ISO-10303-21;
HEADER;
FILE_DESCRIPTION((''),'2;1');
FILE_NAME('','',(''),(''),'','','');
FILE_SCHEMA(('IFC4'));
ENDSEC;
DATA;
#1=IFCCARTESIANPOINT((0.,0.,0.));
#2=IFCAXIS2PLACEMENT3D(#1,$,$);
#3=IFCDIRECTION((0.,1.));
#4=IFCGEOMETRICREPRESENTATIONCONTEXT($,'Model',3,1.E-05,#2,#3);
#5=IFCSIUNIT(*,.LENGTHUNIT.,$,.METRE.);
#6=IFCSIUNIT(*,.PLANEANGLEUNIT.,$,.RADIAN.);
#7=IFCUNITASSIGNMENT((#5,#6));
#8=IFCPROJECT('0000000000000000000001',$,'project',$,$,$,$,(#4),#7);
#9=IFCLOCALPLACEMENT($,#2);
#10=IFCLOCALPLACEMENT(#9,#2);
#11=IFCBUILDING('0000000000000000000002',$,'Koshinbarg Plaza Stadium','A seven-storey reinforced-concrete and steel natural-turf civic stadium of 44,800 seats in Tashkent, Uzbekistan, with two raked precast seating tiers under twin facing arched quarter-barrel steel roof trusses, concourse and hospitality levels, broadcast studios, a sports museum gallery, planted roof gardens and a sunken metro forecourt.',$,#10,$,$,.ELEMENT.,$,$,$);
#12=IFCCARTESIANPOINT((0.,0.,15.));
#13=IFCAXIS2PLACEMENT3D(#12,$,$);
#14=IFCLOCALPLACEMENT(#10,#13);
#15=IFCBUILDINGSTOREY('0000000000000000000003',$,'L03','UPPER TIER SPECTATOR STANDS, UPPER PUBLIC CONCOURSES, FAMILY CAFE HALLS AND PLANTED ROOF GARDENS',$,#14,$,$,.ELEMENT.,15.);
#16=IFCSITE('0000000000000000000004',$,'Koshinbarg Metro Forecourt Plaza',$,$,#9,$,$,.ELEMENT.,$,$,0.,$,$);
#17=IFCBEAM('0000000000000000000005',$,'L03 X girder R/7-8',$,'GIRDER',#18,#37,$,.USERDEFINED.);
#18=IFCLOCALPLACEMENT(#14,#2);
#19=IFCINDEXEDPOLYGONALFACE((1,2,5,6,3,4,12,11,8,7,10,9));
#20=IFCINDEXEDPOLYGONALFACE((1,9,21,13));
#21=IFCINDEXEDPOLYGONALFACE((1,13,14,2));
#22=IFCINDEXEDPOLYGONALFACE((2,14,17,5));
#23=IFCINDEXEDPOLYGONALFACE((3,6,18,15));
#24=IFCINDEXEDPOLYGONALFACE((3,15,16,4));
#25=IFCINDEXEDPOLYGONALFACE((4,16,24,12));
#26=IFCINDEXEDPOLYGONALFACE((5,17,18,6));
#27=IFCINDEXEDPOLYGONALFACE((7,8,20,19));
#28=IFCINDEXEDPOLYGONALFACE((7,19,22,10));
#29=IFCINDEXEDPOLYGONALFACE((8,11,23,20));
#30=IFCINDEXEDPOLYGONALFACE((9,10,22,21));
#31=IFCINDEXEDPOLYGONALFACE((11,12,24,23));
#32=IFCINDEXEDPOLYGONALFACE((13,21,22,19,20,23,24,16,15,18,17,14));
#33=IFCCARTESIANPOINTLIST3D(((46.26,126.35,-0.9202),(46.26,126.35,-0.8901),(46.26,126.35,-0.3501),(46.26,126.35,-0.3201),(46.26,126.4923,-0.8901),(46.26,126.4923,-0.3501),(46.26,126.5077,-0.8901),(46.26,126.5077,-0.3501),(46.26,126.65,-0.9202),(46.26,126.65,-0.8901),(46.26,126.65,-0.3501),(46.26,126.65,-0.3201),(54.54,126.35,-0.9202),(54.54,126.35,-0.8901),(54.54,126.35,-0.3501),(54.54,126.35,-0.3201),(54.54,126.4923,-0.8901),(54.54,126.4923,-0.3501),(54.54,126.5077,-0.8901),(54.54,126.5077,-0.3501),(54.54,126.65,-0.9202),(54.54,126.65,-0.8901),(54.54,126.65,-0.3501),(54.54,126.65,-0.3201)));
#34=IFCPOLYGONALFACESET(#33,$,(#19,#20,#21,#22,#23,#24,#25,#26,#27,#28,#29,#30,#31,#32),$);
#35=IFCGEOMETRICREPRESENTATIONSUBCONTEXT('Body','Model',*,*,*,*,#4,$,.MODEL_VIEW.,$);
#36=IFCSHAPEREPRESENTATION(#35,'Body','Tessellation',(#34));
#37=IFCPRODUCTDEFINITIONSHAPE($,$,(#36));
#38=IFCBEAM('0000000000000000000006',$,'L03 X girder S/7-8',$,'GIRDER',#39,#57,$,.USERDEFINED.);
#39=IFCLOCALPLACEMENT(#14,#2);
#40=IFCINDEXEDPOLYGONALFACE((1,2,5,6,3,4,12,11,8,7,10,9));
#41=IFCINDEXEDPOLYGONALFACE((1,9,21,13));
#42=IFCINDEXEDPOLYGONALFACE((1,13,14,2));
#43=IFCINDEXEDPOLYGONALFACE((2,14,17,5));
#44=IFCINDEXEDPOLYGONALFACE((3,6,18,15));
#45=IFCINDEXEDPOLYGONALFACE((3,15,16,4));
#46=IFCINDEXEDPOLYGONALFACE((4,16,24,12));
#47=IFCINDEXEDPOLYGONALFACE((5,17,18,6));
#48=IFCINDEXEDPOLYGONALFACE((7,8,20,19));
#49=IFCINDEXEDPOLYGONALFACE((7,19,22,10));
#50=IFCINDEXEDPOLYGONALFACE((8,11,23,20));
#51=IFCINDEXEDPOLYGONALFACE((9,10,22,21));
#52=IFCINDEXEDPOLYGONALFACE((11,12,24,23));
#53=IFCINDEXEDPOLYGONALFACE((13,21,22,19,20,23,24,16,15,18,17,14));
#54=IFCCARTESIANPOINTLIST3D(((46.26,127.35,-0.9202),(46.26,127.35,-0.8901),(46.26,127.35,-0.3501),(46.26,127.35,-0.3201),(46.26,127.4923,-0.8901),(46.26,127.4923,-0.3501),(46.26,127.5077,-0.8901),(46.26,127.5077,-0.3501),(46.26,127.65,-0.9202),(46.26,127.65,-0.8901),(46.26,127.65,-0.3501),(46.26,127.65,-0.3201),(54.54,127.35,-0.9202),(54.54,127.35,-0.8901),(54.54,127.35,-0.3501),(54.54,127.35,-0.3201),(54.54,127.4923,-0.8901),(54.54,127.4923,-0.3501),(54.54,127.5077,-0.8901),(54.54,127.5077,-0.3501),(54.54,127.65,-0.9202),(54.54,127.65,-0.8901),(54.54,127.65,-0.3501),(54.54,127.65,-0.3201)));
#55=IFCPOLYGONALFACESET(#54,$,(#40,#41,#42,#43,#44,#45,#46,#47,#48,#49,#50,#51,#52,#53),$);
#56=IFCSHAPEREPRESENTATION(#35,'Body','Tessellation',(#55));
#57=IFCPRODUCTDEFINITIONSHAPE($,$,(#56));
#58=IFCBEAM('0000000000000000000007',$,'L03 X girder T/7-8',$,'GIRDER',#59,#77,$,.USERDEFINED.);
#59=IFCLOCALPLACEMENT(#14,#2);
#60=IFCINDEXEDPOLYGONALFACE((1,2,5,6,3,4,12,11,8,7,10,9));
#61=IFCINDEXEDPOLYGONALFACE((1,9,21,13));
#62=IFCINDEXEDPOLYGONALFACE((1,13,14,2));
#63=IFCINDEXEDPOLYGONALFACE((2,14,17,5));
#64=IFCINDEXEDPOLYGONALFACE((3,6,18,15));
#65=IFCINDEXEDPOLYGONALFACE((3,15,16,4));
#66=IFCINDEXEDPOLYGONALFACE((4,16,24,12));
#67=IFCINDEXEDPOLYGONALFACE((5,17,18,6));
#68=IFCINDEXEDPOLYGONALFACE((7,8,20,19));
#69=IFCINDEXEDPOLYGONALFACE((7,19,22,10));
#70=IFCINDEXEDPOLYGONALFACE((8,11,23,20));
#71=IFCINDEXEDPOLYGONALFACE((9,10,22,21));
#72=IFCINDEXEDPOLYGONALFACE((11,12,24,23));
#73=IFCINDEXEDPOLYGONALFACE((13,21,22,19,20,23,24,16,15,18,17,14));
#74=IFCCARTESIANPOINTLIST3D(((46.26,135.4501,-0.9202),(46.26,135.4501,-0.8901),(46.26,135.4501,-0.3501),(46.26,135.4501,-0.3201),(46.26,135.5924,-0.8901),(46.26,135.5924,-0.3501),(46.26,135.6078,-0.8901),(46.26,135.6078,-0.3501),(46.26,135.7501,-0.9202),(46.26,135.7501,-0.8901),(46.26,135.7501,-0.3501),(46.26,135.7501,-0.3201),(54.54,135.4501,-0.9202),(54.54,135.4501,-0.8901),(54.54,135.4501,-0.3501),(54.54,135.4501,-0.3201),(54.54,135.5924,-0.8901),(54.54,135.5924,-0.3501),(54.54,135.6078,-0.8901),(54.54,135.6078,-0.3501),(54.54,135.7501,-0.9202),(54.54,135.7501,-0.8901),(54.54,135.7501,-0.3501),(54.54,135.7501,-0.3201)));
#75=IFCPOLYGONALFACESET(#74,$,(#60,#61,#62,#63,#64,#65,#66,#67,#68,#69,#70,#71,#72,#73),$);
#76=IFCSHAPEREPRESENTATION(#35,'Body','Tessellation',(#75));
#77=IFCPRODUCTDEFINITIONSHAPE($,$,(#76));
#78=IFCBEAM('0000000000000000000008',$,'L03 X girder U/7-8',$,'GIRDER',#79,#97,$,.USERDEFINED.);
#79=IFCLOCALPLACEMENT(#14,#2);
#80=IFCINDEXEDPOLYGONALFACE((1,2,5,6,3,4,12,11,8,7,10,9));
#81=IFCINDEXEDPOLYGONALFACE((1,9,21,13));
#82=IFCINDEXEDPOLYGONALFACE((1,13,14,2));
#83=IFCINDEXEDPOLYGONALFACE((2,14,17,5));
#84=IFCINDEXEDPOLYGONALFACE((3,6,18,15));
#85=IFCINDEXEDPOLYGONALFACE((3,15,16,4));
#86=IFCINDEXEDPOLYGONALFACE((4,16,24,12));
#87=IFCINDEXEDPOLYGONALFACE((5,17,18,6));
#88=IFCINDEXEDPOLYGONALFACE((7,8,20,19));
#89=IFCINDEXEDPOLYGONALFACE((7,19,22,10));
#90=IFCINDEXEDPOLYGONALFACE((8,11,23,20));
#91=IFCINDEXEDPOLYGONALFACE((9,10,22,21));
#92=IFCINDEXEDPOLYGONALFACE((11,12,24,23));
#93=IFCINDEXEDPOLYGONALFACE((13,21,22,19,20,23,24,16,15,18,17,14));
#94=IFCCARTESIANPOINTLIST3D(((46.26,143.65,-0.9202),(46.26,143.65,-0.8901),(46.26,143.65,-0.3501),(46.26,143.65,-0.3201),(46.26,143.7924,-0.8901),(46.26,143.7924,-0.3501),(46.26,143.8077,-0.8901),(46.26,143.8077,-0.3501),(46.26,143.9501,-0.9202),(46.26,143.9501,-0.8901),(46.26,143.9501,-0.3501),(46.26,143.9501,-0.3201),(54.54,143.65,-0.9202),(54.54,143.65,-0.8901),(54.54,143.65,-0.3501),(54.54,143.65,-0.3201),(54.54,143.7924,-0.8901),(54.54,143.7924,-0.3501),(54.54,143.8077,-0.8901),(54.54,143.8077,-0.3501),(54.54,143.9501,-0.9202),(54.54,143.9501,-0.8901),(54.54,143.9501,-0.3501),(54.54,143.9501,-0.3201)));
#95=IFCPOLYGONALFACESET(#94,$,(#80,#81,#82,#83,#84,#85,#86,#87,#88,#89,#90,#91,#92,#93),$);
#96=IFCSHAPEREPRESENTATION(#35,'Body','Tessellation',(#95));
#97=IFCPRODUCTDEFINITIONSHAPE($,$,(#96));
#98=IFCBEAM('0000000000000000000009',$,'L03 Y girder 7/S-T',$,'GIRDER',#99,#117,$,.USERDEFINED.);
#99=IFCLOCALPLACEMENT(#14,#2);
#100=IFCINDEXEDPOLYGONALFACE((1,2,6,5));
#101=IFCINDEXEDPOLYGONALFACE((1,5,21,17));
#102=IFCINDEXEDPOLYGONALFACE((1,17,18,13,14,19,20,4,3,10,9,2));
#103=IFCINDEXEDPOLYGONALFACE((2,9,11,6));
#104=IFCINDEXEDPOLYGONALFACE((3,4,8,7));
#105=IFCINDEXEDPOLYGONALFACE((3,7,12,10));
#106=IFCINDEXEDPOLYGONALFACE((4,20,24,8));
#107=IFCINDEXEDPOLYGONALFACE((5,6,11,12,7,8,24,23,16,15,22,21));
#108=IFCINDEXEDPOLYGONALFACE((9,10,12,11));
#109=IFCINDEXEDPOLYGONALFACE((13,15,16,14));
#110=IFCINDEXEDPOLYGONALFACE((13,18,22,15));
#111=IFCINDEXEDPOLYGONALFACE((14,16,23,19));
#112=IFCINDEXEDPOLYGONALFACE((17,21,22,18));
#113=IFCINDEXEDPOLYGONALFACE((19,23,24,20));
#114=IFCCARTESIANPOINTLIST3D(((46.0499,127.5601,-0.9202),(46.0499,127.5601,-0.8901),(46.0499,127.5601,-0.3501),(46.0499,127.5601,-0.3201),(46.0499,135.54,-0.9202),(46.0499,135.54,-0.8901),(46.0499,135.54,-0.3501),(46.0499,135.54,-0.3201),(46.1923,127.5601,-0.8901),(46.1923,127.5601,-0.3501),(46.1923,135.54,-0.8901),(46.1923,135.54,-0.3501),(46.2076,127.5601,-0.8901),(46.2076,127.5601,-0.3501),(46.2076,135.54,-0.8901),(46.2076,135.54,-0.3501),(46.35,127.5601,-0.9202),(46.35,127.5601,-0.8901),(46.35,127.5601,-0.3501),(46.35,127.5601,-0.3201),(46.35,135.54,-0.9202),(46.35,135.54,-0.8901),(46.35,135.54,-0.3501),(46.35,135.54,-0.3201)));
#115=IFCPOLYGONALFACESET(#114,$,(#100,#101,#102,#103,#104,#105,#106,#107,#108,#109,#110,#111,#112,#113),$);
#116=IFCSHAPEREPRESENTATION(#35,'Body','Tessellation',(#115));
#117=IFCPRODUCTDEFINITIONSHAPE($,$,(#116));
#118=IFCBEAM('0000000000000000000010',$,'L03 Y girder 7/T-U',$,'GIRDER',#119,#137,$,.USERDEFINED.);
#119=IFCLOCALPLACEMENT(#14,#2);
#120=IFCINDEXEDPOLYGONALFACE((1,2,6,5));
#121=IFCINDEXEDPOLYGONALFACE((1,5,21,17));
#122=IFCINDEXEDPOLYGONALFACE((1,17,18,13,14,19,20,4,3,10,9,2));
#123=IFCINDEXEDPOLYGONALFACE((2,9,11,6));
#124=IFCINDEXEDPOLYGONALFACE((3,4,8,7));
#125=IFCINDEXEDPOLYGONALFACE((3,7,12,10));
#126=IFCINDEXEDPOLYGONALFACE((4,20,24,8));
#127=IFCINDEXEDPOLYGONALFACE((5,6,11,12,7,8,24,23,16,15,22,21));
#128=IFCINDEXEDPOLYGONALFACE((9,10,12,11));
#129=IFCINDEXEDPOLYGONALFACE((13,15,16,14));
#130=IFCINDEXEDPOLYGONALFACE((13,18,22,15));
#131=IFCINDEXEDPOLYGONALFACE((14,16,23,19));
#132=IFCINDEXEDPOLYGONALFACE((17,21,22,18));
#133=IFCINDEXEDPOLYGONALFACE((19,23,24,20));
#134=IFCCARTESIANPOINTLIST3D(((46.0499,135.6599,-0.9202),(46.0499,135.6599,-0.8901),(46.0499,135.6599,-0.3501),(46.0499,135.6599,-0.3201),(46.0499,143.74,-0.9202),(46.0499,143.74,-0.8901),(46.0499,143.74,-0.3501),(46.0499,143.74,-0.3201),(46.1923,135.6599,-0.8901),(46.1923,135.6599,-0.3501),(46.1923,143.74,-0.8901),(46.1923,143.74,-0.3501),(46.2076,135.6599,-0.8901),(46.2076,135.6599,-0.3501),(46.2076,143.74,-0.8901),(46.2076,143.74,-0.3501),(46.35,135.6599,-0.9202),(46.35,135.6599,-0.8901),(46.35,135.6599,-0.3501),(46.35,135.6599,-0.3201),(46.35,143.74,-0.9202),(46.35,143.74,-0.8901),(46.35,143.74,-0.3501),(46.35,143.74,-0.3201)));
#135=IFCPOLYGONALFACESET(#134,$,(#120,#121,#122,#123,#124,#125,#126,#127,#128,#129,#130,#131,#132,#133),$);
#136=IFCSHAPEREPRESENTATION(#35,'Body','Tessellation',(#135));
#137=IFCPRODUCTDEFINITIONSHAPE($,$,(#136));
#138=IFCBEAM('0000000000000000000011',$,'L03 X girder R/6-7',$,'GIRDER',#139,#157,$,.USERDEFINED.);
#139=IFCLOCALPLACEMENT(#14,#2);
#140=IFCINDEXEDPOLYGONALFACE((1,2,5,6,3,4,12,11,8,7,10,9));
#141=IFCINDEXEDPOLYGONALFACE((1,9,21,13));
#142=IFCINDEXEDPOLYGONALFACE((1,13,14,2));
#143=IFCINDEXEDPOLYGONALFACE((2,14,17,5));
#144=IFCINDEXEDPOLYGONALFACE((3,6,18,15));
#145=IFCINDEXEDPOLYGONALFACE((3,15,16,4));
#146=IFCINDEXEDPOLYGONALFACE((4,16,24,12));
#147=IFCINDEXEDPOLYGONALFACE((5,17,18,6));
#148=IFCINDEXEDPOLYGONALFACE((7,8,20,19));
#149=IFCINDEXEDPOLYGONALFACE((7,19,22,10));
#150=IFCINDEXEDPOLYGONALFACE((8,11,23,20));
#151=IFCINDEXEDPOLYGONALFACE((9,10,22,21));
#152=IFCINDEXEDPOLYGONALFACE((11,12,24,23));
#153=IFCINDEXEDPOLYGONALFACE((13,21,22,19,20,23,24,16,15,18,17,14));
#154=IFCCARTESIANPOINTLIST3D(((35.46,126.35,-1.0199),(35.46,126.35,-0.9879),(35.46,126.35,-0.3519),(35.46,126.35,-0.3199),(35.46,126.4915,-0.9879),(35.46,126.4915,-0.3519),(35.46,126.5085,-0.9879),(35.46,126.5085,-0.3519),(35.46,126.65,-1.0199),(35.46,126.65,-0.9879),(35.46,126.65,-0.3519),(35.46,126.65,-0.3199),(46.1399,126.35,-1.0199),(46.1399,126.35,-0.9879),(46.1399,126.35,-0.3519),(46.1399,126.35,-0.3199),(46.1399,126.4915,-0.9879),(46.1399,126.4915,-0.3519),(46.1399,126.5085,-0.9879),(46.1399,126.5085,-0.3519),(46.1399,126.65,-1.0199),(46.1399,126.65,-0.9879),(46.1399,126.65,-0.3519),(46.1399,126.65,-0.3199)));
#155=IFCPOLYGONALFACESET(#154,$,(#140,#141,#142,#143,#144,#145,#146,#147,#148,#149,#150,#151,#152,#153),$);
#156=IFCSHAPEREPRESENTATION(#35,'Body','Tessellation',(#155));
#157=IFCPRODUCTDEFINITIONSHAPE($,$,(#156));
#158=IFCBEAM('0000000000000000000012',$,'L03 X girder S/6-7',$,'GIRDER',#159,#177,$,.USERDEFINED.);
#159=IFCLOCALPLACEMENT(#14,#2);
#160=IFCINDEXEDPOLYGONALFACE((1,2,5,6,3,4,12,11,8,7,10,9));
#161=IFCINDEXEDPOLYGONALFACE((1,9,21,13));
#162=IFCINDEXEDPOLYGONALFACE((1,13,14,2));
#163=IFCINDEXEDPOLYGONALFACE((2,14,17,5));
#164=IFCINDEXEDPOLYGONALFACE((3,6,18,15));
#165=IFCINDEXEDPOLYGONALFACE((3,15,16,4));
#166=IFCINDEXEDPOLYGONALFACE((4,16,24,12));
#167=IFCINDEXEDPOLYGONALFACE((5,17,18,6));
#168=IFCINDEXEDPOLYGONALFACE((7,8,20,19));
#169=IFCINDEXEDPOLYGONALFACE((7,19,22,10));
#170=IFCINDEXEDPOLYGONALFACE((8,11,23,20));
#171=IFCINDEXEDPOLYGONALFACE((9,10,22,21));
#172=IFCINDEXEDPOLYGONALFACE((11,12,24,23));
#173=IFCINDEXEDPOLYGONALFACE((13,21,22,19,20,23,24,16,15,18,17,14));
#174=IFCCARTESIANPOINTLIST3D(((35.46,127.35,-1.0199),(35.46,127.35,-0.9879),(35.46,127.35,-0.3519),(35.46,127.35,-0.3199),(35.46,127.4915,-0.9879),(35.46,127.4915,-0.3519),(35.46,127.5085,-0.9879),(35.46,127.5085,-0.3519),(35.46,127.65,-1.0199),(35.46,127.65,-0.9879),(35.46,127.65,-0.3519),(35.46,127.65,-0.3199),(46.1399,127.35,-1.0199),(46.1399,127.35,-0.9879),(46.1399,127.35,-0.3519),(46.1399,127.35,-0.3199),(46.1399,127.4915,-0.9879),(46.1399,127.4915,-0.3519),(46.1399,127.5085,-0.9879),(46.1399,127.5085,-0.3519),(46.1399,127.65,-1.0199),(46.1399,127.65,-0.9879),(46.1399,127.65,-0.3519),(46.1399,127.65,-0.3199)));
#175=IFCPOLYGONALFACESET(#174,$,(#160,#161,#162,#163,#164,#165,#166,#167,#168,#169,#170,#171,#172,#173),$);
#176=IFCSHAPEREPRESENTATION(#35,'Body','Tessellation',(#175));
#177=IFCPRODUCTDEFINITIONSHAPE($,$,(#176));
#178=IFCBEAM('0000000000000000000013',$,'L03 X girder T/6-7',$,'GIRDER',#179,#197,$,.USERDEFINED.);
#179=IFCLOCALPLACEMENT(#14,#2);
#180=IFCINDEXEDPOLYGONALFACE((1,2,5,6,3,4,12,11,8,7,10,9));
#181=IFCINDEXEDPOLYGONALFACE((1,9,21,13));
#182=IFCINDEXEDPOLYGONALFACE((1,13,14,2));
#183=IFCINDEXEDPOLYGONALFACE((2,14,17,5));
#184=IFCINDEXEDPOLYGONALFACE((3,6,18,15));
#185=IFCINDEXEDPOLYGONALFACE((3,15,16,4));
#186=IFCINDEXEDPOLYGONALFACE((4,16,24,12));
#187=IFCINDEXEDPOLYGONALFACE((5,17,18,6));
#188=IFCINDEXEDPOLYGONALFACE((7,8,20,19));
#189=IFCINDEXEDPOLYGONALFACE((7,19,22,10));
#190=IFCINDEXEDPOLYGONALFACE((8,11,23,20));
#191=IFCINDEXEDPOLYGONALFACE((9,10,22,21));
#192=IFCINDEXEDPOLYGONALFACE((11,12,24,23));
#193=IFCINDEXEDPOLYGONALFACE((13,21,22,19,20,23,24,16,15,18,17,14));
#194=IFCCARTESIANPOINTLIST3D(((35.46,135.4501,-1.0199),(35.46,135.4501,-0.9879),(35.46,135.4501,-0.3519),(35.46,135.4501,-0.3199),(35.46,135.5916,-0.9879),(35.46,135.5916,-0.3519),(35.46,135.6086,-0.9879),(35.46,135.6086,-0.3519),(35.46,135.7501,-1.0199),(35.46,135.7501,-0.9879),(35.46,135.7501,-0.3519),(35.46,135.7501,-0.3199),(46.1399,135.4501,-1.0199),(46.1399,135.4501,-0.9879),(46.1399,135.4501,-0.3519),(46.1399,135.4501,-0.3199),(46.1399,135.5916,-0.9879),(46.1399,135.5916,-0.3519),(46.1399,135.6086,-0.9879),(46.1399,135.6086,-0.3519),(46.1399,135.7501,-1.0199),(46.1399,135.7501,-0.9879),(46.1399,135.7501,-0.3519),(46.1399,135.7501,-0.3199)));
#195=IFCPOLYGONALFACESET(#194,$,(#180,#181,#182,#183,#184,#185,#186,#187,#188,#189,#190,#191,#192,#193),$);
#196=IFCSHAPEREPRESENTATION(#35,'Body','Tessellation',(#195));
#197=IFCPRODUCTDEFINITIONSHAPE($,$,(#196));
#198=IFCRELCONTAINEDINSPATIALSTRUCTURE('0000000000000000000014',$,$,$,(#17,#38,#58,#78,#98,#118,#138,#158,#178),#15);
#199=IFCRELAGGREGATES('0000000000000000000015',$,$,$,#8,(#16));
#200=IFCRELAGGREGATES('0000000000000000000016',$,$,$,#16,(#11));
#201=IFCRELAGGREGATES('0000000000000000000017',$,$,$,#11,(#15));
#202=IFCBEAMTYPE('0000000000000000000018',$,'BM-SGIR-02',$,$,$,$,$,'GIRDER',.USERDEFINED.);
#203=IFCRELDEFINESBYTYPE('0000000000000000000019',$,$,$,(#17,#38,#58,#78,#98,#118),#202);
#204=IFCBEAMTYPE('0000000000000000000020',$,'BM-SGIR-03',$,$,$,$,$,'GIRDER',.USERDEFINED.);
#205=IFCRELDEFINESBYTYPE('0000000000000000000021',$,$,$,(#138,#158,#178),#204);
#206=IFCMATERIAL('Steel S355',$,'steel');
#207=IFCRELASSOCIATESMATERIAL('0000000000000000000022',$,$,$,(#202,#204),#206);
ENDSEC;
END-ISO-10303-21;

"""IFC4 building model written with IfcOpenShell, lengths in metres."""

from ifc_helpers import new_model, si_unit, direction, frame, origin, origin_2d, place, context, subcontext, project, spatial, i_section, extrude, material, material_profile, profile_set, type_object, element, save


model = new_model("IFC4")

# Units and contexts
model_context = context("Model", 3, precision=1e-05, world=origin(), true_north=direction((0.0, 1.0)))
body_context = subcontext(model_context, "Body", "Model", "MODEL_VIEW")
ifc_project = project(units=[si_unit("LENGTHUNIT", "METRE"), si_unit("PLANEANGLEUNIT", "RADIAN")], contexts=[model_context])

# Site, building, storey
site_placement = place(None, origin())
site = spatial("IfcSite", under=ifc_project, at=site_placement, Name="Koshinbarg Metro Forecourt Plaza", CompositionType="ELEMENT", RefElevation=0.0)
building_placement = place(site_placement, origin())
building = spatial("IfcBuilding", under=site, at=building_placement, Name="Koshinbarg Plaza Stadium", Description="A seven-storey reinforced-concrete and steel natural-turf civic stadium of 44,800 seats in Tashkent, Uzbekistan, with two raked precast seating tiers under twin facing arched quarter-barrel steel roof trusses, concourse and hospitality levels, broadcast studios, a sports museum gallery, planted roof gardens and a sunken metro forecourt.", CompositionType="ELEMENT")
storey_placement = place(building_placement, frame((0.0, 0.0, 15.0)))
storey = spatial("IfcBuildingStorey", under=building, at=storey_placement, Name="L03", Description="UPPER TIER SPECTATOR STANDS, UPPER PUBLIC CONCOURSES, FAMILY CAFE HALLS AND PLANTED ROOF GARDENS", CompositionType="ELEMENT", Elevation=15.0)

# Shared definitions
ifc_material_1 = material(Name="Steel S355", Category="steel")

# Beams
ifc_material_profile_1 = material_profile(ifc_material_1, i_section(OverallWidth=0.3, OverallDepth=0.6001, WebThickness=0.0154, FlangeThickness=0.03, at=origin_2d()), Name="HEB 600")
ifc_profile_set_1 = profile_set([ifc_material_profile_1], Name="Steel S355")
beam_type_1 = type_object("IfcBeamType", Name="BM-SGIR-02", ElementType="GIRDER", PredefinedType="USERDEFINED", material=ifc_profile_set_1)
for number, where, z_axis, x_axis, name in (
    (1, (46.26, 126.5, -0.6201), (1.0, 0.0, 0.0), (0.0, 1.0, 0.0), "L03 X girder R/7-8"),
    (2, (46.26, 127.5, -0.6201), (1.0, 0.0, 0.0), (0.0, 1.0, 0.0), "L03 X girder S/7-8"),
    (3, (46.26, 135.6001, -0.6201), (1.0, 0.0, 0.0), (0.0, 1.0, 0.0), "L03 X girder T/7-8"),
    (4, (46.26, 143.8, -0.6201), (1.0, 0.0, 0.0), (0.0, 1.0, 0.0), "L03 X girder U/7-8"),
):
    element("IfcBeam", number, at=place(storey_placement, frame(where, z_axis=z_axis, x_axis=x_axis)), inside=storey, type_object=beam_type_1, Name=name, ObjectType="GIRDER", PredefinedType="USERDEFINED", context=body_context, shape_type="SweptSolid", body=[
        extrude(i_section(OverallWidth=0.3, OverallDepth=0.6001, WebThickness=0.0154, FlangeThickness=0.03, at=origin_2d()), origin(), (0.0, 0.0, 1.0), 8.28),
    ])
beam_1_placement = place(storey_placement, frame((46.2, 127.5601, -0.6201), z_axis=(0.0, 1.0, 0.0), x_axis=(-1.0, 0.0, 0.0)))
element("IfcBeam", 5, at=beam_1_placement, inside=storey, type_object=beam_type_1, Name="L03 Y girder 7/S-T", ObjectType="GIRDER", PredefinedType="USERDEFINED", context=body_context, shape_type="SweptSolid", body=[
    extrude(i_section(OverallWidth=0.3, OverallDepth=0.6001, WebThickness=0.0154, FlangeThickness=0.03, at=origin_2d()), origin(), (0.0, 0.0, 1.0), 7.98),
])
beam_2_placement = place(storey_placement, frame((46.2, 135.6599, -0.6201), z_axis=(0.0, 1.0, 0.0), x_axis=(-1.0, 0.0, 0.0)))
element("IfcBeam", 6, at=beam_2_placement, inside=storey, type_object=beam_type_1, Name="L03 Y girder 7/T-U", ObjectType="GIRDER", PredefinedType="USERDEFINED", context=body_context, shape_type="SweptSolid", body=[
    extrude(i_section(OverallWidth=0.3, OverallDepth=0.6001, WebThickness=0.0154, FlangeThickness=0.03, at=origin_2d()), origin(), (0.0, 0.0, 1.0), 8.0801),
])
ifc_material_profile_2 = material_profile(ifc_material_1, i_section(OverallWidth=0.3, OverallDepth=0.7, WebThickness=0.0171, FlangeThickness=0.032, at=origin_2d()), Name="HEB 700")
ifc_profile_set_2 = profile_set([ifc_material_profile_2], Name="Steel S355")
beam_type_2 = type_object("IfcBeamType", Name="BM-SGIR-03", ElementType="GIRDER", PredefinedType="USERDEFINED", material=ifc_profile_set_2)
for number, where, z_axis, x_axis, name in (
    (7, (35.46, 126.5, -0.6699), (1.0, 0.0, 0.0), (0.0, 1.0, 0.0), "L03 X girder R/6-7"),
    (8, (35.46, 127.5, -0.6699), (1.0, 0.0, 0.0), (0.0, 1.0, 0.0), "L03 X girder S/6-7"),
    (9, (35.46, 135.6001, -0.6699), (1.0, 0.0, 0.0), (0.0, 1.0, 0.0), "L03 X girder T/6-7"),
):
    element("IfcBeam", number, at=place(storey_placement, frame(where, z_axis=z_axis, x_axis=x_axis)), inside=storey, type_object=beam_type_2, Name=name, ObjectType="GIRDER", PredefinedType="USERDEFINED", context=body_context, shape_type="SweptSolid", body=[
        extrude(i_section(OverallWidth=0.3, OverallDepth=0.7, WebThickness=0.0171, FlangeThickness=0.032, at=origin_2d()), origin(), (0.0, 0.0, 1.0), 10.6799),
    ])

save(model, "model.ifc")
